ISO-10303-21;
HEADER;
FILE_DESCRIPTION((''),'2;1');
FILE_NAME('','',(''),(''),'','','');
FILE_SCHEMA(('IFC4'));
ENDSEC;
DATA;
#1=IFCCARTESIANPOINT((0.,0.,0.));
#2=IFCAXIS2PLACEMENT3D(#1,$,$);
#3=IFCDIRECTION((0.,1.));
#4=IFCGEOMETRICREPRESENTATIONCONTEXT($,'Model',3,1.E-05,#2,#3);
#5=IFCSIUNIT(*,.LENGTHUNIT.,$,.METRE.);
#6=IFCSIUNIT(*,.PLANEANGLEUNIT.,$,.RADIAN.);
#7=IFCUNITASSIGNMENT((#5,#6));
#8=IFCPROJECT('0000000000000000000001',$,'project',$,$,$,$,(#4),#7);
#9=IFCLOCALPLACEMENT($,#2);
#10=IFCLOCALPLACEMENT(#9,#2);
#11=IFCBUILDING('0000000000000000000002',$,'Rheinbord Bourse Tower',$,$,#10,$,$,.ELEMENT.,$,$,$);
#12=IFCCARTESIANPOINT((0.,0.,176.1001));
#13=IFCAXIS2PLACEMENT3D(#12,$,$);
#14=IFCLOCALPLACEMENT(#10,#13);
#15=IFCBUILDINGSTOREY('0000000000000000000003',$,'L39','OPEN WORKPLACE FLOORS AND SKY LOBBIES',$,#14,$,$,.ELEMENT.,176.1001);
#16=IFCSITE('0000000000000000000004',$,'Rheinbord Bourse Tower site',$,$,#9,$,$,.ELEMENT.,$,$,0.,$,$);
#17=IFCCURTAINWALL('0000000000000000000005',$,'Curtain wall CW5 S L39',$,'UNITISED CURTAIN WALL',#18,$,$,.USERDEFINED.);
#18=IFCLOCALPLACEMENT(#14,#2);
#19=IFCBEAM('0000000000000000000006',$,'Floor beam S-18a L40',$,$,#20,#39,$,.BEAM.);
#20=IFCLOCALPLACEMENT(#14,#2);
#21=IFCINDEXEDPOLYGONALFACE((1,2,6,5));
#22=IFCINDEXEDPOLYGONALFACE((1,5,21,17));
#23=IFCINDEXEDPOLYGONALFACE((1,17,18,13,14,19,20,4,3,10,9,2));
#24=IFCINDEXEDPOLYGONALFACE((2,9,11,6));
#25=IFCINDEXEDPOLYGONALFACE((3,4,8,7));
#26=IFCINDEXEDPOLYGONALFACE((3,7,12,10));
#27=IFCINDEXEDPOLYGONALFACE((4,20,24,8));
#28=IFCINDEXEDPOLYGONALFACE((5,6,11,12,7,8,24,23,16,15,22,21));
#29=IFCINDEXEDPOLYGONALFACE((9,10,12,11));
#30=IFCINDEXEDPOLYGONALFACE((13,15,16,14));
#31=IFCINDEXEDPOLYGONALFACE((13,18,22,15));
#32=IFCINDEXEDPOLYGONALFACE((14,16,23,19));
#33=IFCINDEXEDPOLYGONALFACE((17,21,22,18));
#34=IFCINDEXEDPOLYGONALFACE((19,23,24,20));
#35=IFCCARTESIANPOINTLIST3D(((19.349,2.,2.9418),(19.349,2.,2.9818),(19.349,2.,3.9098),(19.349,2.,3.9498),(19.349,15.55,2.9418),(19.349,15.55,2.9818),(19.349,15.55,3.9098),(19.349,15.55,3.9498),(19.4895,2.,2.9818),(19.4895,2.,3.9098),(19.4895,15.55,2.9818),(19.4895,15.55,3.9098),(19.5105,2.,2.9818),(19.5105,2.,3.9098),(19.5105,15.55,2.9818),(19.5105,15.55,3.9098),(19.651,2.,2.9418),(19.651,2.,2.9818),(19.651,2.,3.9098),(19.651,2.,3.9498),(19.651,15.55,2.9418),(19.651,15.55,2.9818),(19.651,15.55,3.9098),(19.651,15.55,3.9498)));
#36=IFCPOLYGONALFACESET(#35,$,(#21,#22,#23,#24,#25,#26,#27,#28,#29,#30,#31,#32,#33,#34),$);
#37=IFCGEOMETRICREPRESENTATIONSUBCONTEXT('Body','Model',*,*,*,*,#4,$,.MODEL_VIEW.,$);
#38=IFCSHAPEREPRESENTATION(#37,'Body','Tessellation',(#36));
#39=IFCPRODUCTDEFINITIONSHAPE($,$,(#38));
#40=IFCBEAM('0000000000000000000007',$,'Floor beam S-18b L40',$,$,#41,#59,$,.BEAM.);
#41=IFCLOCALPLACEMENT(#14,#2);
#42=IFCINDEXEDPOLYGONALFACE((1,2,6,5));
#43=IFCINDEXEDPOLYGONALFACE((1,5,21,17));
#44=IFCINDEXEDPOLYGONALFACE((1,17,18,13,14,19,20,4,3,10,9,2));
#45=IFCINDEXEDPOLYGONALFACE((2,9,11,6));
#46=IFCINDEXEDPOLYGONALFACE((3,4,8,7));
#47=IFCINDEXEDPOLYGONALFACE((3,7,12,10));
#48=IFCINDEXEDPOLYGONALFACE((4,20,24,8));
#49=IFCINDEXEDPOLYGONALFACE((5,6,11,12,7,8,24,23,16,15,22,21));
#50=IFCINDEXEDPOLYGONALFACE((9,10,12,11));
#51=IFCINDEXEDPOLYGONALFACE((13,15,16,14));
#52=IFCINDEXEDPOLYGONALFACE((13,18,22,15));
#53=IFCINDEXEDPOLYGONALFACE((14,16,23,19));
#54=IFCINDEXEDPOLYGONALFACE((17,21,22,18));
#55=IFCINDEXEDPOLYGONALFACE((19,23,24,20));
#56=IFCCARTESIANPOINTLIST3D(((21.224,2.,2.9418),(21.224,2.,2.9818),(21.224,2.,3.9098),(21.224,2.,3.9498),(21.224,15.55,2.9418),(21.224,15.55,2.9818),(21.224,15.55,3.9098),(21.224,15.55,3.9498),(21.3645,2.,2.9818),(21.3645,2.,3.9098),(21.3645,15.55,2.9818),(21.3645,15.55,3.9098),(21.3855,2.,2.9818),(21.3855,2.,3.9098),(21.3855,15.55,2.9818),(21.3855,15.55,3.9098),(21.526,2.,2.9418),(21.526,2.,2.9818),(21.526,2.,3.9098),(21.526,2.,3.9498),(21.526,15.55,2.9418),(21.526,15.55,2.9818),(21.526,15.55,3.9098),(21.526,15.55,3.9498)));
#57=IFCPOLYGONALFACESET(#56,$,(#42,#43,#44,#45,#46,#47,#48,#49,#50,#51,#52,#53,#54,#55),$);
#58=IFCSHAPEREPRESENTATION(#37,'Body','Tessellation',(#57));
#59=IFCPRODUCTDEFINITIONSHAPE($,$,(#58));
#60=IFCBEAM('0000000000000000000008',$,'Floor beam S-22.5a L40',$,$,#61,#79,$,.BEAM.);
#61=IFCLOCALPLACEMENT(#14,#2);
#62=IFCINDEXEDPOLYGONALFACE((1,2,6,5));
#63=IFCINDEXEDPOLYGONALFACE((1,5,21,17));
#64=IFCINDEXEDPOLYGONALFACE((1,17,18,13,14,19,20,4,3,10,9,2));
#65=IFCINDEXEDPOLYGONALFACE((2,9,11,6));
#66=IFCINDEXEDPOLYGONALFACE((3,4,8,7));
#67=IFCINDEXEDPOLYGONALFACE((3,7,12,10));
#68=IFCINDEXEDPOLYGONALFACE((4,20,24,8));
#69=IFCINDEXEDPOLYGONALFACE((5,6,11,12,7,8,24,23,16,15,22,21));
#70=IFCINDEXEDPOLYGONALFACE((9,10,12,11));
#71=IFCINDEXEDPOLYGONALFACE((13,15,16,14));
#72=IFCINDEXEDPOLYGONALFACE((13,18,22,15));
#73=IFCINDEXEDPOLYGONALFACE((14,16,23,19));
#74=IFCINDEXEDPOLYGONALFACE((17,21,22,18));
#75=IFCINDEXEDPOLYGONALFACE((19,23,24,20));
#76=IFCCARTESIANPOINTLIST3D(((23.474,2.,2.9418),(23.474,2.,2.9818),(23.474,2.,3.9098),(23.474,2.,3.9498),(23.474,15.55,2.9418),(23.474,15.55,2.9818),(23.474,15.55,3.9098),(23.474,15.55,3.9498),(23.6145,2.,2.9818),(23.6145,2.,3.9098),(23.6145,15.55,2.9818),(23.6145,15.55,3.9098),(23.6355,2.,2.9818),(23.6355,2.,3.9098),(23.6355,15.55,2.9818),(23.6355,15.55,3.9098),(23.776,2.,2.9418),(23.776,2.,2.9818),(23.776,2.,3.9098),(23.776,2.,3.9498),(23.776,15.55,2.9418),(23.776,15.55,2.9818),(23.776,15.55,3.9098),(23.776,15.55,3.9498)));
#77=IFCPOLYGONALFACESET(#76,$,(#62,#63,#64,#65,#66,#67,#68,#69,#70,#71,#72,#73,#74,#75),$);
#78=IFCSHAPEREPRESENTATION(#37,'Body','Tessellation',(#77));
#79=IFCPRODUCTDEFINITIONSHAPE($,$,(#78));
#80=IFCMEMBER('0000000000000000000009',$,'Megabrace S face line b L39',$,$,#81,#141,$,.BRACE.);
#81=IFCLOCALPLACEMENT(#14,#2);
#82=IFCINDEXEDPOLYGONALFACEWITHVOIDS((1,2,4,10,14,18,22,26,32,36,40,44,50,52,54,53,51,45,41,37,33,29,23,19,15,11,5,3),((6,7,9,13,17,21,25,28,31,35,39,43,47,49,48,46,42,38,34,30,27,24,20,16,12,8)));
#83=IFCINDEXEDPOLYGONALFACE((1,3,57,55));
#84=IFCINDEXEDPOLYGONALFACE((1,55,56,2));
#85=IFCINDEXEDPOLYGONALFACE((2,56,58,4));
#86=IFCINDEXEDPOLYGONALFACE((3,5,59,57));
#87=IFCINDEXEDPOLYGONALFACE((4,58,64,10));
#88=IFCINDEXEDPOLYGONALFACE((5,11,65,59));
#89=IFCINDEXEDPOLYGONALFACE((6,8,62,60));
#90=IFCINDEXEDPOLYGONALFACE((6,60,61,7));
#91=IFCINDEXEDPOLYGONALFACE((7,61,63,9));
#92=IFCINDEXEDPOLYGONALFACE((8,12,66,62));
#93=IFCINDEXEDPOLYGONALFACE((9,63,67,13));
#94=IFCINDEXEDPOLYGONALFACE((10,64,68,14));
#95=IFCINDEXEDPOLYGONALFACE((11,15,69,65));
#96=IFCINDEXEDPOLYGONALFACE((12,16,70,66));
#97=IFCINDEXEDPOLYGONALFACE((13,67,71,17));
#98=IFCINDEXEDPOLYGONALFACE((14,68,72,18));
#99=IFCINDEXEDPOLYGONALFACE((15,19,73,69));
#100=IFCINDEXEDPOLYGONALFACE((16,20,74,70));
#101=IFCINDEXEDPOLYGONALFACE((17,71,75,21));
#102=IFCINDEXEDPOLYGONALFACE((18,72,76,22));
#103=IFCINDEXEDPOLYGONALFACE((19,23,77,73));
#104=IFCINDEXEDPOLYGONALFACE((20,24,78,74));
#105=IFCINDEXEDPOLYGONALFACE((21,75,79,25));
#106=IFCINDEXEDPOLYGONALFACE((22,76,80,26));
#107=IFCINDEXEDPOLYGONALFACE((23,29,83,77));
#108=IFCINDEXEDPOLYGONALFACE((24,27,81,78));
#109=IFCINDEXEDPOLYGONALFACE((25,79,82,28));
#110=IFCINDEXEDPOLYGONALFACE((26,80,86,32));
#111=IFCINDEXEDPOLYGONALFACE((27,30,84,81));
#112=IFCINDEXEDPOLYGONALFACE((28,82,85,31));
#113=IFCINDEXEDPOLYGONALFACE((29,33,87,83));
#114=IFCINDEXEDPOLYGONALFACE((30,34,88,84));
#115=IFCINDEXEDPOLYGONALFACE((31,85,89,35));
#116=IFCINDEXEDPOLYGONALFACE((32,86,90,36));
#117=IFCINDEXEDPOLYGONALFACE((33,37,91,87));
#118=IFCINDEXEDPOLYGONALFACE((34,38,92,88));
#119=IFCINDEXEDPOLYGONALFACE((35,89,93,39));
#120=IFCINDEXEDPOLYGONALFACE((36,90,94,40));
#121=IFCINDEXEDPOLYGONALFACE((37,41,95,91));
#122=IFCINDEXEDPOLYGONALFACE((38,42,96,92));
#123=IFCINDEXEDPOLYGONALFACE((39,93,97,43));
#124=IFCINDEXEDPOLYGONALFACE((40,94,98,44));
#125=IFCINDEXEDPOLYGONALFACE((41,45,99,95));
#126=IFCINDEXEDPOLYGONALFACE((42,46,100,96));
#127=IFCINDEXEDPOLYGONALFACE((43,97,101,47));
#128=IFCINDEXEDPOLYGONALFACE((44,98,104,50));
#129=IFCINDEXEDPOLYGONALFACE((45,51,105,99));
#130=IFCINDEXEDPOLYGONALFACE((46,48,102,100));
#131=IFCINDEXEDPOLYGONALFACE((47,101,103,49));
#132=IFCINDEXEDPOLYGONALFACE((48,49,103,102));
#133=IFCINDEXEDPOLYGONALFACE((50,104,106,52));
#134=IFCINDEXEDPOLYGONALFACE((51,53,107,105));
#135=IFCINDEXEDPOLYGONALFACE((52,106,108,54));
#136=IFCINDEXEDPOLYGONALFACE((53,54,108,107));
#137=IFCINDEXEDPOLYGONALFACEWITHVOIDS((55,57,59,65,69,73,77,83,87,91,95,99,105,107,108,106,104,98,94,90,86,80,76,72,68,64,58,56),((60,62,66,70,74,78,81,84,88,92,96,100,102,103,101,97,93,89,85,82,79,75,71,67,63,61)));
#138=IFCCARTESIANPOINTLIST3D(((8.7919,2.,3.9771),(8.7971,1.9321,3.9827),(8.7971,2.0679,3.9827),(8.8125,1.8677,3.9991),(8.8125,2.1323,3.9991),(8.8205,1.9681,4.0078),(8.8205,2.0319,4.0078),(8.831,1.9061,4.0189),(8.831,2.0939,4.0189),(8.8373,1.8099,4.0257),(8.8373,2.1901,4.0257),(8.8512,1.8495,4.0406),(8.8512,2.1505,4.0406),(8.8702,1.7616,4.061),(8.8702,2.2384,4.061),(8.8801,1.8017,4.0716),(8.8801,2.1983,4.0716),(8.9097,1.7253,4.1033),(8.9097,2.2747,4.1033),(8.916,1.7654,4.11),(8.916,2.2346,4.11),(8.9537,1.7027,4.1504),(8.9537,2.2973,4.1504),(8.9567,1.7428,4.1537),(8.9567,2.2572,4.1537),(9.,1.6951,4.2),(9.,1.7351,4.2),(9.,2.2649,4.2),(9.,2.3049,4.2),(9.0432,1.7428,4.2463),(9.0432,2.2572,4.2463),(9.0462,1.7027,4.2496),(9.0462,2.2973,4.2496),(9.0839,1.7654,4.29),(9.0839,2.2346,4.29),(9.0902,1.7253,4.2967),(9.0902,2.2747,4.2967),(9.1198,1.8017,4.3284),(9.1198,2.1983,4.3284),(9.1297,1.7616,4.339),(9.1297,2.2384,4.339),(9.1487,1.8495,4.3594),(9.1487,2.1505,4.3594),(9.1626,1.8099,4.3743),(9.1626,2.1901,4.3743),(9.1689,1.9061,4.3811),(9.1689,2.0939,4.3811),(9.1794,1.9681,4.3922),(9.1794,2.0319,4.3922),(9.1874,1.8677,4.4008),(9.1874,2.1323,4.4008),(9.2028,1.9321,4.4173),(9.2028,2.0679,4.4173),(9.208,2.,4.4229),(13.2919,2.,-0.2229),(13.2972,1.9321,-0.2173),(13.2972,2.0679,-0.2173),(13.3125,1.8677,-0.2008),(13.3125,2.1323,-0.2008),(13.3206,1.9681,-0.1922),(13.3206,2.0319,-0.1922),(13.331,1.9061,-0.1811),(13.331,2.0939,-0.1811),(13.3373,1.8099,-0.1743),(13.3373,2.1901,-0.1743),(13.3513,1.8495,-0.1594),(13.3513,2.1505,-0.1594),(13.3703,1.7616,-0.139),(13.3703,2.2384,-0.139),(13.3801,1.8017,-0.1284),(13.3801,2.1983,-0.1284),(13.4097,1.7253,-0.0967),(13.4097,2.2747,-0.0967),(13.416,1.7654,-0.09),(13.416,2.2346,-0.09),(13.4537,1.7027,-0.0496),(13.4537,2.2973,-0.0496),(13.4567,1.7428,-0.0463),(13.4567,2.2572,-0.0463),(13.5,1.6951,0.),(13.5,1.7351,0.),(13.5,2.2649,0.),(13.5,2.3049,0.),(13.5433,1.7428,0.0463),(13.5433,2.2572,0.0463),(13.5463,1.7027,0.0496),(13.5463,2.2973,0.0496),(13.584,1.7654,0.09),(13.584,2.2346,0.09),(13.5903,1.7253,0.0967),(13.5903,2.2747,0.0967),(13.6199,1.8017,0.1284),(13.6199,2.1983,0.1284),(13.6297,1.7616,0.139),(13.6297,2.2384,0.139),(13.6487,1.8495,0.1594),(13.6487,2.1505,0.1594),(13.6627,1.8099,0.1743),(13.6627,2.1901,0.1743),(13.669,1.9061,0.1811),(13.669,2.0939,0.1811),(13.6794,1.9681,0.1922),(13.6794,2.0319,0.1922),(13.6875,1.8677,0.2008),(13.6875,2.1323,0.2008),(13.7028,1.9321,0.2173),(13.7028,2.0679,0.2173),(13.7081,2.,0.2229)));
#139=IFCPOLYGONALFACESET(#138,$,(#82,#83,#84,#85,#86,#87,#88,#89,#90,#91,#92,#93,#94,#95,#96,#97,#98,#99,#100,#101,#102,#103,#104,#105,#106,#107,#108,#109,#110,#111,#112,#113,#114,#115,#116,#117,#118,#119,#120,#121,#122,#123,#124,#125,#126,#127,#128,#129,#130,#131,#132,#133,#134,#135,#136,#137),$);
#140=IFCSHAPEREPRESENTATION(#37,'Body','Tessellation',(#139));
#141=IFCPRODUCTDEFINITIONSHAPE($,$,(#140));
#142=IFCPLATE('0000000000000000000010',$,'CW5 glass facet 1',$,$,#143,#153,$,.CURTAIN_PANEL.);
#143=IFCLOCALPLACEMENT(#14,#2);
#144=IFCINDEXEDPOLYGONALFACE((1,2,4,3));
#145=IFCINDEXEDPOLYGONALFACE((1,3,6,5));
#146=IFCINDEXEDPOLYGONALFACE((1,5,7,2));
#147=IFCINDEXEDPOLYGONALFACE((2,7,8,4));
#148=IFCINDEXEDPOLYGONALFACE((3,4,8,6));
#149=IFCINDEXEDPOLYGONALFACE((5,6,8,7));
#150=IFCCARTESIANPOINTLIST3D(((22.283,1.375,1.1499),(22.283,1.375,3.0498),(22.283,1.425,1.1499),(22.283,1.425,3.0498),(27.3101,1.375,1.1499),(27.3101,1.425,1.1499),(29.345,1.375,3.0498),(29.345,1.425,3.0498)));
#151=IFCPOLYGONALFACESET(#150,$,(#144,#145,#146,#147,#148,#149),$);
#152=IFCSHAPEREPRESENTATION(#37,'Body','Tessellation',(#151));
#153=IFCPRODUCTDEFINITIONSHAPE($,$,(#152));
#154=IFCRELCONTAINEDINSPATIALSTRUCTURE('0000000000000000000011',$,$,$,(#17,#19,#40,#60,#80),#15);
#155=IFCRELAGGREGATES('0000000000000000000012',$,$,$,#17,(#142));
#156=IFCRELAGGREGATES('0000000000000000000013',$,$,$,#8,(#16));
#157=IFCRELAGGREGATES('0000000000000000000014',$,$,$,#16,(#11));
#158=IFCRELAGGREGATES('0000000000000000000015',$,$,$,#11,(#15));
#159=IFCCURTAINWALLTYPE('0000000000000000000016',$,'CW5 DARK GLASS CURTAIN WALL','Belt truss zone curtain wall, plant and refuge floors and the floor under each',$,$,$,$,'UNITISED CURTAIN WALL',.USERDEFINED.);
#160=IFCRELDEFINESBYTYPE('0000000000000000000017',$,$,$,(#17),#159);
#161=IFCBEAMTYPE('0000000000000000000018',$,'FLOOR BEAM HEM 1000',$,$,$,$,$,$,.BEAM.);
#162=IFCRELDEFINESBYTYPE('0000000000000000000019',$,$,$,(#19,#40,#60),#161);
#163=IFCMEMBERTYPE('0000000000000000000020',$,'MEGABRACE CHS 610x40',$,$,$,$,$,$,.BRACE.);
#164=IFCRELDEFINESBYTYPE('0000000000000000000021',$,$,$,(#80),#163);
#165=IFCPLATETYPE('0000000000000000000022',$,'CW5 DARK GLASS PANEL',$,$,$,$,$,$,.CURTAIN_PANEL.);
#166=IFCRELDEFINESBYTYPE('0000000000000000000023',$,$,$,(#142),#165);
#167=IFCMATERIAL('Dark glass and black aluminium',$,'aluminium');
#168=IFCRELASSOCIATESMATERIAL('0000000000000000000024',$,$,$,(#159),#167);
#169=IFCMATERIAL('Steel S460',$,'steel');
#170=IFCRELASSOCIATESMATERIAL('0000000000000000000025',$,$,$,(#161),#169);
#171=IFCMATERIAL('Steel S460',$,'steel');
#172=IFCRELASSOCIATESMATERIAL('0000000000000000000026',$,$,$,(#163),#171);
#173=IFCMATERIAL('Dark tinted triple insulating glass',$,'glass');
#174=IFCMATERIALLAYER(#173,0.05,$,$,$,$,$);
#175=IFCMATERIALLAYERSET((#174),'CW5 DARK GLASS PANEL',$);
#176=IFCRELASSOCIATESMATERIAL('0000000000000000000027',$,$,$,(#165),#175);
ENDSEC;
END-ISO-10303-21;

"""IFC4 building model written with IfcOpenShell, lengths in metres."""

from ifc_helpers import new_model, si_unit, direction, frame, origin, origin_2d, place, context, subcontext, project, spatial, polyline, hollow_circle, i_section, outline, extrude, material, layer, layer_set, material_profile, profile_set, type_object, element, aggregate, save


model = new_model("IFC4")

# Units and contexts
model_context = context("Model", 3, precision=1e-05, world=origin(), true_north=direction((0.0, 1.0)))
body_context = subcontext(model_context, "Body", "Model", "MODEL_VIEW")
ifc_project = project(units=[si_unit("LENGTHUNIT", "METRE"), si_unit("PLANEANGLEUNIT", "RADIAN")], contexts=[model_context])

# Site, building, storey
site_placement = place(None, origin())
site = spatial("IfcSite", under=ifc_project, at=site_placement, Name="Rheinbord Bourse Tower site", CompositionType="ELEMENT", RefElevation=0.0)
building_placement = place(site_placement, origin())
building = spatial("IfcBuilding", under=site, at=building_placement, Name="Rheinbord Bourse Tower", CompositionType="ELEMENT")
storey_placement = place(building_placement, frame((0.0, 0.0, 176.1001)))
storey = spatial("IfcBuildingStorey", under=building, at=storey_placement, Name="L39", Description="OPEN WORKPLACE FLOORS AND SKY LOBBIES", CompositionType="ELEMENT", Elevation=176.1001)

# Curtain wall
ifc_material_1 = material(Name="Dark glass and black aluminium", Category="aluminium")
curtain_wall_type = type_object("IfcCurtainWallType", Name="CW5 DARK GLASS CURTAIN WALL", Description="Belt truss zone curtain wall, plant and refuge floors and the floor under each", ElementType="UNITISED CURTAIN WALL", PredefinedType="USERDEFINED", material=ifc_material_1)
curtain_wall_placement = place(storey_placement, origin())
curtain_wall = element("IfcCurtainWall", 1, at=curtain_wall_placement, inside=storey, type_object=curtain_wall_type, Name="Curtain wall CW5 S L39", ObjectType="UNITISED CURTAIN WALL", PredefinedType="USERDEFINED")

# Beams
ifc_material_2 = material(Name="Steel S460", Category="steel")
ifc_material_profile_1 = material_profile(ifc_material_2, i_section(OverallWidth=0.302, OverallDepth=1.0081, WebThickness=0.021, FlangeThickness=0.04, at=origin_2d()), Name="HEM 1000")
ifc_profile_set_1 = profile_set([ifc_material_profile_1], Name="Steel S460")
beam_type_1 = type_object("IfcBeamType", Name="FLOOR BEAM HEM 1000", PredefinedType="BEAM", material=ifc_profile_set_1)
for number, where, z_axis, x_axis, name in (
    (2, (19.5, 2.0, 3.4458), (0.0, 1.0, 0.0), (-1.0, 0.0, 0.0), "Floor beam S-18a L40"),
    (3, (21.375, 2.0, 3.4458), (0.0, 1.0, 0.0), (-1.0, 0.0, 0.0), "Floor beam S-18b L40"),
    (4, (23.625, 2.0, 3.4458), (0.0, 1.0, 0.0), (-1.0, 0.0, 0.0), "Floor beam S-22.5a L40"),
):
    element("IfcBeam", number, at=place(storey_placement, frame(where, z_axis=z_axis, x_axis=x_axis)), inside=storey, type_object=beam_type_1, Name=name, PredefinedType="BEAM", context=body_context, shape_type="SweptSolid", body=[
        extrude(i_section(OverallWidth=0.302, OverallDepth=1.0081, WebThickness=0.021, FlangeThickness=0.04, at=origin_2d()), origin(), (0.0, 0.0, 1.0), 13.55),
    ])

# Member
ifc_material_3 = material(Name="Steel S460", Category="steel")
ifc_material_profile_2 = material_profile(ifc_material_3, hollow_circle(Radius=0.3049, WallThickness=0.04, at=origin_2d()), Name="CHS 610x40")
ifc_profile_set_2 = profile_set([ifc_material_profile_2], Name="Steel S460")
member_type_1 = type_object("IfcMemberType", Name="MEGABRACE CHS 610x40", PredefinedType="BRACE", material=ifc_profile_set_2)
member_1_placement = place(storey_placement, frame((13.5, 2.0, 0.0), z_axis=(-0.731059, 0.0, 0.682314), x_axis=(0.0, -1.0, 0.0)))
element("IfcMember", 5, at=member_1_placement, inside=storey, type_object=member_type_1, Name="Megabrace S face line b L39", PredefinedType="BRACE", context=body_context, shape_type="SweptSolid", body=[
    extrude(hollow_circle(Radius=0.3049, WallThickness=0.04, at=origin_2d()), origin(), (0.0, 0.0, 1.0), 6.1555),
])

# Plate
ifc_material_4 = material(Name="Dark tinted triple insulating glass", Category="glass")
ifc_layer = layer(ifc_material_4, 0.05)
ifc_layer_set = layer_set([ifc_layer], Name="CW5 DARK GLASS PANEL")
plate_type = type_object("IfcPlateType", Name="CW5 DARK GLASS PANEL", PredefinedType="CURTAIN_PANEL", material=ifc_layer_set)
plate_placement = place(storey_placement, frame((22.283, 1.375, 1.1499), z_axis=(0.0, 1.0, 0.0), x_axis=(0.0, 0.0, 1.0)))
plate = element("IfcPlate", 6, at=plate_placement, type_object=plate_type, Name="CW5 glass facet 1", PredefinedType="CURTAIN_PANEL", context=body_context, shape_type="SweptSolid", body=[
    extrude(outline(polyline([(0.0, 0.0), (1.8999, 0.0), (1.8999, 7.062), (0.0, 5.0271), (0.0, 0.0)])), origin(), (0.0, 0.0, 1.0), 0.05),
])
aggregate(curtain_wall, [plate])

save(model, "model.ifc")
